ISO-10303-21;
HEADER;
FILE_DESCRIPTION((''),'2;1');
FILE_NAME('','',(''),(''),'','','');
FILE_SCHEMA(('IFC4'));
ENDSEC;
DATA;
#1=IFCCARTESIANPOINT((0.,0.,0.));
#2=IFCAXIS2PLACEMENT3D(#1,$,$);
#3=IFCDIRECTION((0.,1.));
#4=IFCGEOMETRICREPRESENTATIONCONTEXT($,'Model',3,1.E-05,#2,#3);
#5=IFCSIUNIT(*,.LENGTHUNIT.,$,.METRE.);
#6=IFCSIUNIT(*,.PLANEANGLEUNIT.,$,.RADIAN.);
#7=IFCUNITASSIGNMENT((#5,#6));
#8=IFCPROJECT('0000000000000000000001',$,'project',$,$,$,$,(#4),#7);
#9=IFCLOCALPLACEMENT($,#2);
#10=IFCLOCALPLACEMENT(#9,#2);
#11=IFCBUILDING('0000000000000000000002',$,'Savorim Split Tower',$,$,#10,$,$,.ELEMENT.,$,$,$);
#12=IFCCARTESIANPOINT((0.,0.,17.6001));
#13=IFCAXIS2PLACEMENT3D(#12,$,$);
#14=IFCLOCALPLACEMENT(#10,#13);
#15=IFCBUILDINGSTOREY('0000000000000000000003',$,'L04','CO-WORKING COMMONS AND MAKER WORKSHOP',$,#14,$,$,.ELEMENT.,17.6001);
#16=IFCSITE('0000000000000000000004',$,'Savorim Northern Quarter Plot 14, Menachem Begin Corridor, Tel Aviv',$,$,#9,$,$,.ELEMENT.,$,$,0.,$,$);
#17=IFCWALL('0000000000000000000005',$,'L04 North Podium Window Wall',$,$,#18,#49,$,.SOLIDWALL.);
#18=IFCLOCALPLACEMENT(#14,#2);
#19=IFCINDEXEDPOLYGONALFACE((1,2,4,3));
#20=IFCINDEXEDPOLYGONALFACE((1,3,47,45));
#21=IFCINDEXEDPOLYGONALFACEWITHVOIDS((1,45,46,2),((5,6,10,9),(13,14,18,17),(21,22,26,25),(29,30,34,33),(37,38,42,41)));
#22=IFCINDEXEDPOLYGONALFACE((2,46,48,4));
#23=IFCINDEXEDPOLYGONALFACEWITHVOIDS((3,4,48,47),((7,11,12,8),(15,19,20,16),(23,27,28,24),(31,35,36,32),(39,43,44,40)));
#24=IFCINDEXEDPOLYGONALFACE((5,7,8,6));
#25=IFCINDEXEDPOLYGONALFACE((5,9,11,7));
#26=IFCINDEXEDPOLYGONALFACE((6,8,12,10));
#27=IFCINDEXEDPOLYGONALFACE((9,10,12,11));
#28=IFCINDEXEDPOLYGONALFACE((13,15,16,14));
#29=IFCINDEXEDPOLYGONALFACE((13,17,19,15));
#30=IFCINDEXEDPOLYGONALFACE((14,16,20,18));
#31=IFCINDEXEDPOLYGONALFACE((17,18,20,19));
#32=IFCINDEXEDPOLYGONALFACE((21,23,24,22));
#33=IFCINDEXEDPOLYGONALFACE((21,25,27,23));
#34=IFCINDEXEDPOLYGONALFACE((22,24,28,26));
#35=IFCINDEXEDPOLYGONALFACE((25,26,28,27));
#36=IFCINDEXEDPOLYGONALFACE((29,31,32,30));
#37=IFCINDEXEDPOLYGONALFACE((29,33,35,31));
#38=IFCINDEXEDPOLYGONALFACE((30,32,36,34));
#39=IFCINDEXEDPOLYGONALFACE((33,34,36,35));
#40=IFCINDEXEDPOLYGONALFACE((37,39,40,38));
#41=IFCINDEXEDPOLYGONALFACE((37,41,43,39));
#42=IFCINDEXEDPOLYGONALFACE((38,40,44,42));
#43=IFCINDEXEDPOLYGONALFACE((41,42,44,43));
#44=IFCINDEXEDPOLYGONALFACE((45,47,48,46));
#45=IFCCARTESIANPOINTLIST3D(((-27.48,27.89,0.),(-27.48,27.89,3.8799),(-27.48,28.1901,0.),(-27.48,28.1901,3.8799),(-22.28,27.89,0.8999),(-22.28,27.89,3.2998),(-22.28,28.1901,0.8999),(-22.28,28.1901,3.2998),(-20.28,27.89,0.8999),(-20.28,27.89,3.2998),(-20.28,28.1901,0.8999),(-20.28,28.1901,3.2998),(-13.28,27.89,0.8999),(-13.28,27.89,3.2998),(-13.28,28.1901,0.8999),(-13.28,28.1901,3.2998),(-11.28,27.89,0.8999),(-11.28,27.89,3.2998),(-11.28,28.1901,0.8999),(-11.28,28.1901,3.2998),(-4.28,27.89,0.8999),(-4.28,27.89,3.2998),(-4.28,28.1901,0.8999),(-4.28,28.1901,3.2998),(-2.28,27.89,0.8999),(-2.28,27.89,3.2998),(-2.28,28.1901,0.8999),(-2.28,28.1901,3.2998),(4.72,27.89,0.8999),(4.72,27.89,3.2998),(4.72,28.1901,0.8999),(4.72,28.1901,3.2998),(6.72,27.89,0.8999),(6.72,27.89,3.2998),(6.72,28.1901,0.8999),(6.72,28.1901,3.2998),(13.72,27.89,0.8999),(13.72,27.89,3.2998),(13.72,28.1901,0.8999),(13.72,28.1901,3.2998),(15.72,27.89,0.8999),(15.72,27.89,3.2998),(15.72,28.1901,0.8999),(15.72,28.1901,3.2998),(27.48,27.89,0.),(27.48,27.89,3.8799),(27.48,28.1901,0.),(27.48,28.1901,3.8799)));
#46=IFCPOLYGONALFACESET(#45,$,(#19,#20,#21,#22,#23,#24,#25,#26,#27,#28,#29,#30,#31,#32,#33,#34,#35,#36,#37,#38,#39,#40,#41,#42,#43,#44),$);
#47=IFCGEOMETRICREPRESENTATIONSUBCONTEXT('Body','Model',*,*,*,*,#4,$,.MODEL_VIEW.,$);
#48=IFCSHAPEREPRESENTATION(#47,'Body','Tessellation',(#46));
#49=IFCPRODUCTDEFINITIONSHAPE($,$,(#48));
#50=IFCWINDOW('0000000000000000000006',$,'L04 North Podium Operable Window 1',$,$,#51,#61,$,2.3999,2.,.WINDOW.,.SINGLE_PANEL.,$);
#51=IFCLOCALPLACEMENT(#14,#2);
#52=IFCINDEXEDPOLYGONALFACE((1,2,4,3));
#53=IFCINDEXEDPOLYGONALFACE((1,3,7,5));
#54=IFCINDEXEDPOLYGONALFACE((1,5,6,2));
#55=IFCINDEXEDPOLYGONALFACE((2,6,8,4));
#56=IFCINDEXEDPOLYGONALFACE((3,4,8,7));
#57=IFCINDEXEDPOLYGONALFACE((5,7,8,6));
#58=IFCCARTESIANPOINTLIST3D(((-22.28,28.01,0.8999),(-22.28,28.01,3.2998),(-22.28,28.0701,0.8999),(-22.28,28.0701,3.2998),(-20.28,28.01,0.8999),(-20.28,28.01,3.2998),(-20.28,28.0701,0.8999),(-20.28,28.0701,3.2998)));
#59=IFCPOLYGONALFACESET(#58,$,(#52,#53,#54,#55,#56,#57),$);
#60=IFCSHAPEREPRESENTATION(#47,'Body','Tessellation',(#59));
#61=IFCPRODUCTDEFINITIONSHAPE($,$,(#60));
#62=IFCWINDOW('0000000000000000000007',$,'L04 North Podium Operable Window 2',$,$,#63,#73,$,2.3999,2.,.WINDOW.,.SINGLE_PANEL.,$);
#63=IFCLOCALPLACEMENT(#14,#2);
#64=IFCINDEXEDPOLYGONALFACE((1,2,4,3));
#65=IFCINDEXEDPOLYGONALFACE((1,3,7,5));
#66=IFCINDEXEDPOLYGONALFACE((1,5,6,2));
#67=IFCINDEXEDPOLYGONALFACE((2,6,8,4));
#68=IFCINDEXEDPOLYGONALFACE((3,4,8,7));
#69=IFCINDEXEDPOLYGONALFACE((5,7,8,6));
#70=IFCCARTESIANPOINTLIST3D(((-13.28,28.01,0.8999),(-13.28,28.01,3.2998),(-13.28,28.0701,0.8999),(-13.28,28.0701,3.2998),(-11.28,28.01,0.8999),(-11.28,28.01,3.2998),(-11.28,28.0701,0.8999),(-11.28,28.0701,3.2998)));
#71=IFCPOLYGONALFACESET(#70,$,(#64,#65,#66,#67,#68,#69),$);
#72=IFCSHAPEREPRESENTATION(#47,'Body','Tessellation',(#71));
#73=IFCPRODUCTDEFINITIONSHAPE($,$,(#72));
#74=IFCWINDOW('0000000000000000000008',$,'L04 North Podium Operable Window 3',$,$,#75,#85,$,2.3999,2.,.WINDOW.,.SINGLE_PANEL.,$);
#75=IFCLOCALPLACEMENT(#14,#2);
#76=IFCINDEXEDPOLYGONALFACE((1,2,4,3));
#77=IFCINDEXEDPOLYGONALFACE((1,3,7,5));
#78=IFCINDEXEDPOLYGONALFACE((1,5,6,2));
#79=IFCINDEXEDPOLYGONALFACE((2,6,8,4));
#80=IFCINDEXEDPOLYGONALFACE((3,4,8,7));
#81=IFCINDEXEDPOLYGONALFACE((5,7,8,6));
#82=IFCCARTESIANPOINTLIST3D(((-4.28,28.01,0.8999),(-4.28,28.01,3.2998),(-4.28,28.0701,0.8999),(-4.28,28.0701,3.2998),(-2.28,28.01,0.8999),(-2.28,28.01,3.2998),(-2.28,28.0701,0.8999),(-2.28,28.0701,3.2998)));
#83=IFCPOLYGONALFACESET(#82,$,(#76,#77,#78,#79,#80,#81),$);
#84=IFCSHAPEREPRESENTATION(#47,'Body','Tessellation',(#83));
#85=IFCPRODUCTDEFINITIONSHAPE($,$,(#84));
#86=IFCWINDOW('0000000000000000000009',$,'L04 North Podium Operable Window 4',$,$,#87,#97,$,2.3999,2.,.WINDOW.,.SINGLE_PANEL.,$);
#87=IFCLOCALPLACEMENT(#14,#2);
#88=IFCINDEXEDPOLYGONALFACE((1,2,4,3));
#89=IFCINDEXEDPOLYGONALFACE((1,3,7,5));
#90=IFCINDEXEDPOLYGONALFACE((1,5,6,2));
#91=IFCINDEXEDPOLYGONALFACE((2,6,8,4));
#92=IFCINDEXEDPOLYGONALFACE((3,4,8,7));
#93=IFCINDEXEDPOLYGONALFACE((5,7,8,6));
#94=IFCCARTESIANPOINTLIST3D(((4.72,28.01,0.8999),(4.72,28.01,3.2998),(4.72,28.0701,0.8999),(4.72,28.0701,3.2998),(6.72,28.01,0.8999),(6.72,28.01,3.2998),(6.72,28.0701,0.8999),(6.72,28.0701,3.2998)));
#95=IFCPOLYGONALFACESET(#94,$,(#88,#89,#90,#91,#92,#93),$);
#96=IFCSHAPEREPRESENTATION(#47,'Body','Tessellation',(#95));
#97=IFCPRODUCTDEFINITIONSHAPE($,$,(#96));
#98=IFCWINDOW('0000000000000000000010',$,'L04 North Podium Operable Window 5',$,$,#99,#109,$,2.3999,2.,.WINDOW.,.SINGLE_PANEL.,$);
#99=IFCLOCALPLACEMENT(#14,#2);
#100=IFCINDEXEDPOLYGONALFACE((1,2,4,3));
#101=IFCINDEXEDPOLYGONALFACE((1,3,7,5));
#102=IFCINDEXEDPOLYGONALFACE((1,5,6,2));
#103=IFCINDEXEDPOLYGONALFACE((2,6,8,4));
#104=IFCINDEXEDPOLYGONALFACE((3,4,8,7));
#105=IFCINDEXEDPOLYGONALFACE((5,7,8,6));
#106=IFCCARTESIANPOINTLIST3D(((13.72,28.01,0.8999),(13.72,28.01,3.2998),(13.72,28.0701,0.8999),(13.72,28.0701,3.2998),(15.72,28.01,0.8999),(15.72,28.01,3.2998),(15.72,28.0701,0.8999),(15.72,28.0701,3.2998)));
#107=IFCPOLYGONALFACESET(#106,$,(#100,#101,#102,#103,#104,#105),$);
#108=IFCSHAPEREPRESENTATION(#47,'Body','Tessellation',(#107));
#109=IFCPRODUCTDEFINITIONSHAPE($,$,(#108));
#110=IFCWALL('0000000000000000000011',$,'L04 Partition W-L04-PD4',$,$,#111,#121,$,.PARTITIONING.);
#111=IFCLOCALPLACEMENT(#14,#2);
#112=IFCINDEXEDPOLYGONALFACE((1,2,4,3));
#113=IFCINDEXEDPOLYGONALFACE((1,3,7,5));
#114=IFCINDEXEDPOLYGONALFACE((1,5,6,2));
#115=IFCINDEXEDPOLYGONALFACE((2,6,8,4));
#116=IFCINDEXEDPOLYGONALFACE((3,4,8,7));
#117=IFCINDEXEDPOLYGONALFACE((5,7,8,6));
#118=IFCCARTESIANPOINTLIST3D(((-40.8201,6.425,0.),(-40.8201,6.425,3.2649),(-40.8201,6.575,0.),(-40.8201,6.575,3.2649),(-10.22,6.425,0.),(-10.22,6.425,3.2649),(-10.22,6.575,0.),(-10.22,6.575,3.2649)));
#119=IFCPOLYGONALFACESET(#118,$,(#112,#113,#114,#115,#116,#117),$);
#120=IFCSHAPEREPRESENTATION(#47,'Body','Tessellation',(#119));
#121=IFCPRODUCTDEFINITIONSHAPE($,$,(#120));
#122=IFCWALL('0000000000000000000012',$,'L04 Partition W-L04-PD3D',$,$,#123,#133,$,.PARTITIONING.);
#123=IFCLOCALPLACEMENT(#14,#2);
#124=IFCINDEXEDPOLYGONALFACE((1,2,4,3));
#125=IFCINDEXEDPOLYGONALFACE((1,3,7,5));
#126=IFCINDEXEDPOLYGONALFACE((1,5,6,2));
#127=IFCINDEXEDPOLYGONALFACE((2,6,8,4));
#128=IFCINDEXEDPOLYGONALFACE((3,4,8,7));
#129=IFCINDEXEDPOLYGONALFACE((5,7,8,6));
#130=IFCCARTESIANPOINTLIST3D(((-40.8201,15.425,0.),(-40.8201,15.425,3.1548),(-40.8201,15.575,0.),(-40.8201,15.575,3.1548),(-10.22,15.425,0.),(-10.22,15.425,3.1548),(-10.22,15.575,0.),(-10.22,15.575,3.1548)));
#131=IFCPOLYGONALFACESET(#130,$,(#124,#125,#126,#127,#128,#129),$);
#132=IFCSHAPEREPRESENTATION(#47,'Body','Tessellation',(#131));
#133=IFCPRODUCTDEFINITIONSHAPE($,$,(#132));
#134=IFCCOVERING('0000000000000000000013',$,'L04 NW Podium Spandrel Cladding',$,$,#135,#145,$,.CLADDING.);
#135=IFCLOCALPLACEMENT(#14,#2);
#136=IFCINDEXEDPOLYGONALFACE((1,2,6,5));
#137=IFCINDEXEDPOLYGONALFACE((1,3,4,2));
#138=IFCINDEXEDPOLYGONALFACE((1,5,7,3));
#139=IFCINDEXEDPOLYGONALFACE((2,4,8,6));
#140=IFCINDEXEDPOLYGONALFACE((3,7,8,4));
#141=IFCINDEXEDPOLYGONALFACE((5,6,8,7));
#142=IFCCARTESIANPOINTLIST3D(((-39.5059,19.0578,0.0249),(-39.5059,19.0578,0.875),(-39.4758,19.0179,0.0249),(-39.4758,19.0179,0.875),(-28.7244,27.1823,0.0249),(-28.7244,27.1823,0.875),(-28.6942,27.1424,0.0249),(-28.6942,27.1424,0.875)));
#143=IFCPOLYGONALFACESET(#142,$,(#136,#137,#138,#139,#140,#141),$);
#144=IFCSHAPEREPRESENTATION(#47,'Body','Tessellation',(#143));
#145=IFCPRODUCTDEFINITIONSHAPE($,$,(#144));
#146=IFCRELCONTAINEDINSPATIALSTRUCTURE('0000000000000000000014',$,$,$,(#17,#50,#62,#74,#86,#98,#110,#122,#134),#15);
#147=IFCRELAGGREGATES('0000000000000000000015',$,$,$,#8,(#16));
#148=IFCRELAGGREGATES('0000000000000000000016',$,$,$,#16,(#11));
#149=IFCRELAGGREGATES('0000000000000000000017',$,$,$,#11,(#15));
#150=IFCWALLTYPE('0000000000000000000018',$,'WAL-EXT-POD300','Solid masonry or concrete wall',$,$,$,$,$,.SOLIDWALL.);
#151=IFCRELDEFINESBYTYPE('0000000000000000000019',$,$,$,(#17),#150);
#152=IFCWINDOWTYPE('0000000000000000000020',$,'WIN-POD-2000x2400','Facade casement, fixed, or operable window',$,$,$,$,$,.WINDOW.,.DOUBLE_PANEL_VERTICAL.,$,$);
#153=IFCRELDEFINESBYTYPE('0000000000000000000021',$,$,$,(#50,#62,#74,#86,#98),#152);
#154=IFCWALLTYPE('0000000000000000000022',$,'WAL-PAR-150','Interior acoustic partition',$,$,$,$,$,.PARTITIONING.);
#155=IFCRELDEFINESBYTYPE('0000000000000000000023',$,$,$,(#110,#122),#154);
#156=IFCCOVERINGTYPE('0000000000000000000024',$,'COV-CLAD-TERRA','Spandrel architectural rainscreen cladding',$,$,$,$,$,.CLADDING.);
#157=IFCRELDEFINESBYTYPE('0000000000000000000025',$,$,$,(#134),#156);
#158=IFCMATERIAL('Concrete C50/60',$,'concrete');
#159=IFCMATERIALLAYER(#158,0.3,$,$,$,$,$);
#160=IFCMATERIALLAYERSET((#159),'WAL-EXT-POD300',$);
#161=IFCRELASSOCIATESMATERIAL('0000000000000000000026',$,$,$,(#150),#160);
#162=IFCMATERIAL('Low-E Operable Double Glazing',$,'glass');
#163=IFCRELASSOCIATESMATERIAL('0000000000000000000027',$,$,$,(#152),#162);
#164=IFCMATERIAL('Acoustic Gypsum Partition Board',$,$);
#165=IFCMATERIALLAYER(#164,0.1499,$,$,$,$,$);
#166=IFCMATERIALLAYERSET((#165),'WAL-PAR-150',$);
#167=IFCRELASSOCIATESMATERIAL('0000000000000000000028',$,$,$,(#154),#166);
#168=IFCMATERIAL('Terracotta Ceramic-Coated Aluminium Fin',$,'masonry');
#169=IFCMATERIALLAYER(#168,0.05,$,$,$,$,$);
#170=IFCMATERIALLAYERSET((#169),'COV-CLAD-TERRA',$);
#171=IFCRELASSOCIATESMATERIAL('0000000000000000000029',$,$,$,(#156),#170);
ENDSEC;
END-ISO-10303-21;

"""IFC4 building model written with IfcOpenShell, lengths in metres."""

from ifc_helpers import new_model, si_unit, direction, frame, frame_2d, origin, origin_2d, place, context, subcontext, project, spatial, rectangle, extrude, material, layer, layer_set, type_object, element, fill, save


model = new_model("IFC4")

# Units and contexts
model_context = context("Model", 3, precision=1e-05, world=origin(), true_north=direction((0.0, 1.0)))
body_context = subcontext(model_context, "Body", "Model", "MODEL_VIEW")
ifc_project = project(units=[si_unit("LENGTHUNIT", "METRE"), si_unit("PLANEANGLEUNIT", "RADIAN")], contexts=[model_context])

# Site, building, storey
site_placement = place(None, origin())
site = spatial("IfcSite", under=ifc_project, at=site_placement, Name="Savorim Northern Quarter Plot 14, Menachem Begin Corridor, Tel Aviv", CompositionType="ELEMENT", RefElevation=0.0)
building_placement = place(site_placement, origin())
building = spatial("IfcBuilding", under=site, at=building_placement, Name="Savorim Split Tower", CompositionType="ELEMENT")
storey_placement = place(building_placement, frame((0.0, 0.0, 17.6001)))
storey = spatial("IfcBuildingStorey", under=building, at=storey_placement, Name="L04", Description="CO-WORKING COMMONS AND MAKER WORKSHOP", CompositionType="ELEMENT", Elevation=17.6001)

# Shared definitions
ifc_material_1 = material(Name="Low-E Operable Double Glazing", Category="glass")

# Wall, openings, windows
ifc_material_2 = material(Name="Concrete C50/60", Category="concrete")
ifc_layer_1 = layer(ifc_material_2, 0.3)
ifc_layer_set_1 = layer_set([ifc_layer_1], Name="WAL-EXT-POD300")
wall_type_1 = type_object("IfcWallType", Name="WAL-EXT-POD300", Description="Solid masonry or concrete wall", PredefinedType="SOLIDWALL", material=ifc_layer_set_1)
wall_1_placement = place(storey_placement, frame((-27.48, 28.04, 0.0), z_axis=(0.0, 0.0, 1.0), x_axis=(1.0, 0.0, 0.0)))
wall_1 = element("IfcWall", 1, at=wall_1_placement, inside=storey, type_object=wall_type_1, Name="L04 North Podium Window Wall", PredefinedType="SOLIDWALL", context=body_context, shape_type="SweptSolid", body=[
    extrude(rectangle(XDim=54.96, YDim=0.3, at=frame_2d((27.48, 0.0))), origin(), (0.0, 0.0, 1.0), 3.8799),
])
opening_1_placement = place(wall_1_placement, frame((5.2, 0.0, 0.8999)))
opening_1 = element("IfcOpeningElement", 2, at=opening_1_placement, cuts=wall_1, PredefinedType="OPENING", context=body_context, shape_type="SweptSolid", body=[
    extrude(rectangle(XDim=2.0, YDim=2.3999, at=frame_2d((1.0, 1.2))), frame((0.0, 0.1599, 0.0), z_axis=(0.0, -1.0, 0.0), x_axis=(1.0, 0.0, 0.0)), (0.0, 0.0, 1.0), 0.3201),
])
opening_2_placement = place(wall_1_placement, frame((14.2, 0.0, 0.8999)))
opening_2 = element("IfcOpeningElement", 3, at=opening_2_placement, cuts=wall_1, PredefinedType="OPENING", context=body_context, shape_type="SweptSolid", body=[
    extrude(rectangle(XDim=2.0, YDim=2.3999, at=frame_2d((1.0, 1.2))), frame((0.0, 0.1599, 0.0), z_axis=(0.0, -1.0, 0.0), x_axis=(1.0, 0.0, 0.0)), (0.0, 0.0, 1.0), 0.3201),
])
opening_3_placement = place(wall_1_placement, frame((23.2, 0.0, 0.8999)))
opening_3 = element("IfcOpeningElement", 4, at=opening_3_placement, cuts=wall_1, PredefinedType="OPENING", context=body_context, shape_type="SweptSolid", body=[
    extrude(rectangle(XDim=2.0, YDim=2.3999, at=frame_2d((1.0, 1.2))), frame((0.0, 0.1599, 0.0), z_axis=(0.0, -1.0, 0.0), x_axis=(1.0, 0.0, 0.0)), (0.0, 0.0, 1.0), 0.3201),
])
opening_4_placement = place(wall_1_placement, frame((32.2, 0.0, 0.8999)))
opening_4 = element("IfcOpeningElement", 5, at=opening_4_placement, cuts=wall_1, PredefinedType="OPENING", context=body_context, shape_type="SweptSolid", body=[
    extrude(rectangle(XDim=2.0, YDim=2.3999, at=frame_2d((1.0, 1.2))), frame((0.0, 0.1599, 0.0), z_axis=(0.0, -1.0, 0.0), x_axis=(1.0, 0.0, 0.0)), (0.0, 0.0, 1.0), 0.3201),
])
opening_5_placement = place(wall_1_placement, frame((41.2, 0.0, 0.8999)))
opening_5 = element("IfcOpeningElement", 6, at=opening_5_placement, cuts=wall_1, PredefinedType="OPENING", context=body_context, shape_type="SweptSolid", body=[
    extrude(rectangle(XDim=2.0, YDim=2.3999, at=frame_2d((1.0, 1.2))), frame((0.0, 0.1599, 0.0), z_axis=(0.0, -1.0, 0.0), x_axis=(1.0, 0.0, 0.0)), (0.0, 0.0, 1.0), 0.3201),
])
window_type = type_object("IfcWindowType", Name="WIN-POD-2000x2400", Description="Facade casement, fixed, or operable window", PartitioningType="DOUBLE_PANEL_VERTICAL", PredefinedType="WINDOW", material=ifc_material_1)
window_1_placement = place(opening_1_placement, origin())
window_1 = element("IfcWindow", 7, at=window_1_placement, inside=storey, type_object=window_type, Name="L04 North Podium Operable Window 1", OverallHeight=2.3999, OverallWidth=2.0, PartitioningType="SINGLE_PANEL", PredefinedType="WINDOW", context=body_context, shape_type="SweptSolid", body=[
    extrude(rectangle(XDim=2.0, YDim=2.3999, at=frame_2d((1.0, 1.2))), frame((0.0, 0.03, 0.0), z_axis=(0.0, -1.0, 0.0), x_axis=(1.0, 0.0, 0.0)), (0.0, 0.0, 1.0), 0.0601),
])
fill(opening_1, window_1)
window_2_placement = place(opening_2_placement, origin())
window_2 = element("IfcWindow", 8, at=window_2_placement, inside=storey, type_object=window_type, Name="L04 North Podium Operable Window 2", OverallHeight=2.3999, OverallWidth=2.0, PartitioningType="SINGLE_PANEL", PredefinedType="WINDOW", context=body_context, shape_type="SweptSolid", body=[
    extrude(rectangle(XDim=2.0, YDim=2.3999, at=frame_2d((1.0, 1.2))), frame((0.0, 0.03, 0.0), z_axis=(0.0, -1.0, 0.0), x_axis=(1.0, 0.0, 0.0)), (0.0, 0.0, 1.0), 0.0601),
])
fill(opening_2, window_2)
window_3_placement = place(opening_3_placement, origin())
window_3 = element("IfcWindow", 9, at=window_3_placement, inside=storey, type_object=window_type, Name="L04 North Podium Operable Window 3", OverallHeight=2.3999, OverallWidth=2.0, PartitioningType="SINGLE_PANEL", PredefinedType="WINDOW", context=body_context, shape_type="SweptSolid", body=[
    extrude(rectangle(XDim=2.0, YDim=2.3999, at=frame_2d((1.0, 1.2))), frame((0.0, 0.03, 0.0), z_axis=(0.0, -1.0, 0.0), x_axis=(1.0, 0.0, 0.0)), (0.0, 0.0, 1.0), 0.0601),
])
fill(opening_3, window_3)
window_4_placement = place(opening_4_placement, origin())
window_4 = element("IfcWindow", 10, at=window_4_placement, inside=storey, type_object=window_type, Name="L04 North Podium Operable Window 4", OverallHeight=2.3999, OverallWidth=2.0, PartitioningType="SINGLE_PANEL", PredefinedType="WINDOW", context=body_context, shape_type="SweptSolid", body=[
    extrude(rectangle(XDim=2.0, YDim=2.3999, at=frame_2d((1.0, 1.2))), frame((0.0, 0.03, 0.0), z_axis=(0.0, -1.0, 0.0), x_axis=(1.0, 0.0, 0.0)), (0.0, 0.0, 1.0), 0.0601),
])
fill(opening_4, window_4)
window_5_placement = place(opening_5_placement, origin())
window_5 = element("IfcWindow", 11, at=window_5_placement, inside=storey, type_object=window_type, Name="L04 North Podium Operable Window 5", OverallHeight=2.3999, OverallWidth=2.0, PartitioningType="SINGLE_PANEL", PredefinedType="WINDOW", context=body_context, shape_type="SweptSolid", body=[
    extrude(rectangle(XDim=2.0, YDim=2.3999, at=frame_2d((1.0, 1.2))), frame((0.0, 0.03, 0.0), z_axis=(0.0, -1.0, 0.0), x_axis=(1.0, 0.0, 0.0)), (0.0, 0.0, 1.0), 0.0601),
])
fill(opening_5, window_5)

# Walls
ifc_material_3 = material(Name="Acoustic Gypsum Partition Board")
ifc_layer_2 = layer(ifc_material_3, 0.1499)
ifc_layer_set_2 = layer_set([ifc_layer_2], Name="WAL-PAR-150")
wall_type_2 = type_object("IfcWallType", Name="WAL-PAR-150", Description="Interior acoustic partition", PredefinedType="PARTITIONING", material=ifc_layer_set_2)
wall_2_placement = place(storey_placement, frame((-40.8201, 6.5, 0.0), z_axis=(0.0, 0.0, 1.0), x_axis=(1.0, 0.0, 0.0)))
element("IfcWall", 12, at=wall_2_placement, inside=storey, type_object=wall_type_2, Name="L04 Partition W-L04-PD4", PredefinedType="PARTITIONING", context=body_context, shape_type="SweptSolid", body=[
    extrude(rectangle(XDim=30.6001, YDim=0.1499, at=frame_2d((15.3, 0.0))), origin(), (0.0, 0.0, 1.0), 3.2649),
])
wall_3_placement = place(storey_placement, frame((-40.8201, 15.5, 0.0), z_axis=(0.0, 0.0, 1.0), x_axis=(1.0, 0.0, 0.0)))
element("IfcWall", 13, at=wall_3_placement, inside=storey, type_object=wall_type_2, Name="L04 Partition W-L04-PD3D", PredefinedType="PARTITIONING", context=body_context, shape_type="SweptSolid", body=[
    extrude(rectangle(XDim=30.6001, YDim=0.1499, at=frame_2d((15.3, 0.0))), origin(), (0.0, 0.0, 1.0), 3.1548),
])

# Covering
ifc_material_4 = material(Name="Terracotta Ceramic-Coated Aluminium Fin", Category="masonry")
ifc_layer_3 = layer(ifc_material_4, 0.05)
ifc_layer_set_3 = layer_set([ifc_layer_3], Name="COV-CLAD-TERRA")
covering_type = type_object("IfcCoveringType", Name="COV-CLAD-TERRA", Description="Spandrel architectural rainscreen cladding", PredefinedType="CLADDING", material=ifc_layer_set_3)
covering_placement = place(storey_placement, frame((-34.1001, 23.1001, 0.0249), z_axis=(0.0, 0.0, 1.0), x_axis=(0.798636, 0.601815, 0.0)))
element("IfcCovering", 14, at=covering_placement, inside=storey, type_object=covering_type, Name="L04 NW Podium Spandrel Cladding", PredefinedType="CLADDING", context=body_context, shape_type="SweptSolid", body=[
    extrude(rectangle(XDim=13.5, YDim=0.05, at=origin_2d()), origin(), (0.0, 0.0, 1.0), 0.8501),
])

save(model, "model.ifc")
